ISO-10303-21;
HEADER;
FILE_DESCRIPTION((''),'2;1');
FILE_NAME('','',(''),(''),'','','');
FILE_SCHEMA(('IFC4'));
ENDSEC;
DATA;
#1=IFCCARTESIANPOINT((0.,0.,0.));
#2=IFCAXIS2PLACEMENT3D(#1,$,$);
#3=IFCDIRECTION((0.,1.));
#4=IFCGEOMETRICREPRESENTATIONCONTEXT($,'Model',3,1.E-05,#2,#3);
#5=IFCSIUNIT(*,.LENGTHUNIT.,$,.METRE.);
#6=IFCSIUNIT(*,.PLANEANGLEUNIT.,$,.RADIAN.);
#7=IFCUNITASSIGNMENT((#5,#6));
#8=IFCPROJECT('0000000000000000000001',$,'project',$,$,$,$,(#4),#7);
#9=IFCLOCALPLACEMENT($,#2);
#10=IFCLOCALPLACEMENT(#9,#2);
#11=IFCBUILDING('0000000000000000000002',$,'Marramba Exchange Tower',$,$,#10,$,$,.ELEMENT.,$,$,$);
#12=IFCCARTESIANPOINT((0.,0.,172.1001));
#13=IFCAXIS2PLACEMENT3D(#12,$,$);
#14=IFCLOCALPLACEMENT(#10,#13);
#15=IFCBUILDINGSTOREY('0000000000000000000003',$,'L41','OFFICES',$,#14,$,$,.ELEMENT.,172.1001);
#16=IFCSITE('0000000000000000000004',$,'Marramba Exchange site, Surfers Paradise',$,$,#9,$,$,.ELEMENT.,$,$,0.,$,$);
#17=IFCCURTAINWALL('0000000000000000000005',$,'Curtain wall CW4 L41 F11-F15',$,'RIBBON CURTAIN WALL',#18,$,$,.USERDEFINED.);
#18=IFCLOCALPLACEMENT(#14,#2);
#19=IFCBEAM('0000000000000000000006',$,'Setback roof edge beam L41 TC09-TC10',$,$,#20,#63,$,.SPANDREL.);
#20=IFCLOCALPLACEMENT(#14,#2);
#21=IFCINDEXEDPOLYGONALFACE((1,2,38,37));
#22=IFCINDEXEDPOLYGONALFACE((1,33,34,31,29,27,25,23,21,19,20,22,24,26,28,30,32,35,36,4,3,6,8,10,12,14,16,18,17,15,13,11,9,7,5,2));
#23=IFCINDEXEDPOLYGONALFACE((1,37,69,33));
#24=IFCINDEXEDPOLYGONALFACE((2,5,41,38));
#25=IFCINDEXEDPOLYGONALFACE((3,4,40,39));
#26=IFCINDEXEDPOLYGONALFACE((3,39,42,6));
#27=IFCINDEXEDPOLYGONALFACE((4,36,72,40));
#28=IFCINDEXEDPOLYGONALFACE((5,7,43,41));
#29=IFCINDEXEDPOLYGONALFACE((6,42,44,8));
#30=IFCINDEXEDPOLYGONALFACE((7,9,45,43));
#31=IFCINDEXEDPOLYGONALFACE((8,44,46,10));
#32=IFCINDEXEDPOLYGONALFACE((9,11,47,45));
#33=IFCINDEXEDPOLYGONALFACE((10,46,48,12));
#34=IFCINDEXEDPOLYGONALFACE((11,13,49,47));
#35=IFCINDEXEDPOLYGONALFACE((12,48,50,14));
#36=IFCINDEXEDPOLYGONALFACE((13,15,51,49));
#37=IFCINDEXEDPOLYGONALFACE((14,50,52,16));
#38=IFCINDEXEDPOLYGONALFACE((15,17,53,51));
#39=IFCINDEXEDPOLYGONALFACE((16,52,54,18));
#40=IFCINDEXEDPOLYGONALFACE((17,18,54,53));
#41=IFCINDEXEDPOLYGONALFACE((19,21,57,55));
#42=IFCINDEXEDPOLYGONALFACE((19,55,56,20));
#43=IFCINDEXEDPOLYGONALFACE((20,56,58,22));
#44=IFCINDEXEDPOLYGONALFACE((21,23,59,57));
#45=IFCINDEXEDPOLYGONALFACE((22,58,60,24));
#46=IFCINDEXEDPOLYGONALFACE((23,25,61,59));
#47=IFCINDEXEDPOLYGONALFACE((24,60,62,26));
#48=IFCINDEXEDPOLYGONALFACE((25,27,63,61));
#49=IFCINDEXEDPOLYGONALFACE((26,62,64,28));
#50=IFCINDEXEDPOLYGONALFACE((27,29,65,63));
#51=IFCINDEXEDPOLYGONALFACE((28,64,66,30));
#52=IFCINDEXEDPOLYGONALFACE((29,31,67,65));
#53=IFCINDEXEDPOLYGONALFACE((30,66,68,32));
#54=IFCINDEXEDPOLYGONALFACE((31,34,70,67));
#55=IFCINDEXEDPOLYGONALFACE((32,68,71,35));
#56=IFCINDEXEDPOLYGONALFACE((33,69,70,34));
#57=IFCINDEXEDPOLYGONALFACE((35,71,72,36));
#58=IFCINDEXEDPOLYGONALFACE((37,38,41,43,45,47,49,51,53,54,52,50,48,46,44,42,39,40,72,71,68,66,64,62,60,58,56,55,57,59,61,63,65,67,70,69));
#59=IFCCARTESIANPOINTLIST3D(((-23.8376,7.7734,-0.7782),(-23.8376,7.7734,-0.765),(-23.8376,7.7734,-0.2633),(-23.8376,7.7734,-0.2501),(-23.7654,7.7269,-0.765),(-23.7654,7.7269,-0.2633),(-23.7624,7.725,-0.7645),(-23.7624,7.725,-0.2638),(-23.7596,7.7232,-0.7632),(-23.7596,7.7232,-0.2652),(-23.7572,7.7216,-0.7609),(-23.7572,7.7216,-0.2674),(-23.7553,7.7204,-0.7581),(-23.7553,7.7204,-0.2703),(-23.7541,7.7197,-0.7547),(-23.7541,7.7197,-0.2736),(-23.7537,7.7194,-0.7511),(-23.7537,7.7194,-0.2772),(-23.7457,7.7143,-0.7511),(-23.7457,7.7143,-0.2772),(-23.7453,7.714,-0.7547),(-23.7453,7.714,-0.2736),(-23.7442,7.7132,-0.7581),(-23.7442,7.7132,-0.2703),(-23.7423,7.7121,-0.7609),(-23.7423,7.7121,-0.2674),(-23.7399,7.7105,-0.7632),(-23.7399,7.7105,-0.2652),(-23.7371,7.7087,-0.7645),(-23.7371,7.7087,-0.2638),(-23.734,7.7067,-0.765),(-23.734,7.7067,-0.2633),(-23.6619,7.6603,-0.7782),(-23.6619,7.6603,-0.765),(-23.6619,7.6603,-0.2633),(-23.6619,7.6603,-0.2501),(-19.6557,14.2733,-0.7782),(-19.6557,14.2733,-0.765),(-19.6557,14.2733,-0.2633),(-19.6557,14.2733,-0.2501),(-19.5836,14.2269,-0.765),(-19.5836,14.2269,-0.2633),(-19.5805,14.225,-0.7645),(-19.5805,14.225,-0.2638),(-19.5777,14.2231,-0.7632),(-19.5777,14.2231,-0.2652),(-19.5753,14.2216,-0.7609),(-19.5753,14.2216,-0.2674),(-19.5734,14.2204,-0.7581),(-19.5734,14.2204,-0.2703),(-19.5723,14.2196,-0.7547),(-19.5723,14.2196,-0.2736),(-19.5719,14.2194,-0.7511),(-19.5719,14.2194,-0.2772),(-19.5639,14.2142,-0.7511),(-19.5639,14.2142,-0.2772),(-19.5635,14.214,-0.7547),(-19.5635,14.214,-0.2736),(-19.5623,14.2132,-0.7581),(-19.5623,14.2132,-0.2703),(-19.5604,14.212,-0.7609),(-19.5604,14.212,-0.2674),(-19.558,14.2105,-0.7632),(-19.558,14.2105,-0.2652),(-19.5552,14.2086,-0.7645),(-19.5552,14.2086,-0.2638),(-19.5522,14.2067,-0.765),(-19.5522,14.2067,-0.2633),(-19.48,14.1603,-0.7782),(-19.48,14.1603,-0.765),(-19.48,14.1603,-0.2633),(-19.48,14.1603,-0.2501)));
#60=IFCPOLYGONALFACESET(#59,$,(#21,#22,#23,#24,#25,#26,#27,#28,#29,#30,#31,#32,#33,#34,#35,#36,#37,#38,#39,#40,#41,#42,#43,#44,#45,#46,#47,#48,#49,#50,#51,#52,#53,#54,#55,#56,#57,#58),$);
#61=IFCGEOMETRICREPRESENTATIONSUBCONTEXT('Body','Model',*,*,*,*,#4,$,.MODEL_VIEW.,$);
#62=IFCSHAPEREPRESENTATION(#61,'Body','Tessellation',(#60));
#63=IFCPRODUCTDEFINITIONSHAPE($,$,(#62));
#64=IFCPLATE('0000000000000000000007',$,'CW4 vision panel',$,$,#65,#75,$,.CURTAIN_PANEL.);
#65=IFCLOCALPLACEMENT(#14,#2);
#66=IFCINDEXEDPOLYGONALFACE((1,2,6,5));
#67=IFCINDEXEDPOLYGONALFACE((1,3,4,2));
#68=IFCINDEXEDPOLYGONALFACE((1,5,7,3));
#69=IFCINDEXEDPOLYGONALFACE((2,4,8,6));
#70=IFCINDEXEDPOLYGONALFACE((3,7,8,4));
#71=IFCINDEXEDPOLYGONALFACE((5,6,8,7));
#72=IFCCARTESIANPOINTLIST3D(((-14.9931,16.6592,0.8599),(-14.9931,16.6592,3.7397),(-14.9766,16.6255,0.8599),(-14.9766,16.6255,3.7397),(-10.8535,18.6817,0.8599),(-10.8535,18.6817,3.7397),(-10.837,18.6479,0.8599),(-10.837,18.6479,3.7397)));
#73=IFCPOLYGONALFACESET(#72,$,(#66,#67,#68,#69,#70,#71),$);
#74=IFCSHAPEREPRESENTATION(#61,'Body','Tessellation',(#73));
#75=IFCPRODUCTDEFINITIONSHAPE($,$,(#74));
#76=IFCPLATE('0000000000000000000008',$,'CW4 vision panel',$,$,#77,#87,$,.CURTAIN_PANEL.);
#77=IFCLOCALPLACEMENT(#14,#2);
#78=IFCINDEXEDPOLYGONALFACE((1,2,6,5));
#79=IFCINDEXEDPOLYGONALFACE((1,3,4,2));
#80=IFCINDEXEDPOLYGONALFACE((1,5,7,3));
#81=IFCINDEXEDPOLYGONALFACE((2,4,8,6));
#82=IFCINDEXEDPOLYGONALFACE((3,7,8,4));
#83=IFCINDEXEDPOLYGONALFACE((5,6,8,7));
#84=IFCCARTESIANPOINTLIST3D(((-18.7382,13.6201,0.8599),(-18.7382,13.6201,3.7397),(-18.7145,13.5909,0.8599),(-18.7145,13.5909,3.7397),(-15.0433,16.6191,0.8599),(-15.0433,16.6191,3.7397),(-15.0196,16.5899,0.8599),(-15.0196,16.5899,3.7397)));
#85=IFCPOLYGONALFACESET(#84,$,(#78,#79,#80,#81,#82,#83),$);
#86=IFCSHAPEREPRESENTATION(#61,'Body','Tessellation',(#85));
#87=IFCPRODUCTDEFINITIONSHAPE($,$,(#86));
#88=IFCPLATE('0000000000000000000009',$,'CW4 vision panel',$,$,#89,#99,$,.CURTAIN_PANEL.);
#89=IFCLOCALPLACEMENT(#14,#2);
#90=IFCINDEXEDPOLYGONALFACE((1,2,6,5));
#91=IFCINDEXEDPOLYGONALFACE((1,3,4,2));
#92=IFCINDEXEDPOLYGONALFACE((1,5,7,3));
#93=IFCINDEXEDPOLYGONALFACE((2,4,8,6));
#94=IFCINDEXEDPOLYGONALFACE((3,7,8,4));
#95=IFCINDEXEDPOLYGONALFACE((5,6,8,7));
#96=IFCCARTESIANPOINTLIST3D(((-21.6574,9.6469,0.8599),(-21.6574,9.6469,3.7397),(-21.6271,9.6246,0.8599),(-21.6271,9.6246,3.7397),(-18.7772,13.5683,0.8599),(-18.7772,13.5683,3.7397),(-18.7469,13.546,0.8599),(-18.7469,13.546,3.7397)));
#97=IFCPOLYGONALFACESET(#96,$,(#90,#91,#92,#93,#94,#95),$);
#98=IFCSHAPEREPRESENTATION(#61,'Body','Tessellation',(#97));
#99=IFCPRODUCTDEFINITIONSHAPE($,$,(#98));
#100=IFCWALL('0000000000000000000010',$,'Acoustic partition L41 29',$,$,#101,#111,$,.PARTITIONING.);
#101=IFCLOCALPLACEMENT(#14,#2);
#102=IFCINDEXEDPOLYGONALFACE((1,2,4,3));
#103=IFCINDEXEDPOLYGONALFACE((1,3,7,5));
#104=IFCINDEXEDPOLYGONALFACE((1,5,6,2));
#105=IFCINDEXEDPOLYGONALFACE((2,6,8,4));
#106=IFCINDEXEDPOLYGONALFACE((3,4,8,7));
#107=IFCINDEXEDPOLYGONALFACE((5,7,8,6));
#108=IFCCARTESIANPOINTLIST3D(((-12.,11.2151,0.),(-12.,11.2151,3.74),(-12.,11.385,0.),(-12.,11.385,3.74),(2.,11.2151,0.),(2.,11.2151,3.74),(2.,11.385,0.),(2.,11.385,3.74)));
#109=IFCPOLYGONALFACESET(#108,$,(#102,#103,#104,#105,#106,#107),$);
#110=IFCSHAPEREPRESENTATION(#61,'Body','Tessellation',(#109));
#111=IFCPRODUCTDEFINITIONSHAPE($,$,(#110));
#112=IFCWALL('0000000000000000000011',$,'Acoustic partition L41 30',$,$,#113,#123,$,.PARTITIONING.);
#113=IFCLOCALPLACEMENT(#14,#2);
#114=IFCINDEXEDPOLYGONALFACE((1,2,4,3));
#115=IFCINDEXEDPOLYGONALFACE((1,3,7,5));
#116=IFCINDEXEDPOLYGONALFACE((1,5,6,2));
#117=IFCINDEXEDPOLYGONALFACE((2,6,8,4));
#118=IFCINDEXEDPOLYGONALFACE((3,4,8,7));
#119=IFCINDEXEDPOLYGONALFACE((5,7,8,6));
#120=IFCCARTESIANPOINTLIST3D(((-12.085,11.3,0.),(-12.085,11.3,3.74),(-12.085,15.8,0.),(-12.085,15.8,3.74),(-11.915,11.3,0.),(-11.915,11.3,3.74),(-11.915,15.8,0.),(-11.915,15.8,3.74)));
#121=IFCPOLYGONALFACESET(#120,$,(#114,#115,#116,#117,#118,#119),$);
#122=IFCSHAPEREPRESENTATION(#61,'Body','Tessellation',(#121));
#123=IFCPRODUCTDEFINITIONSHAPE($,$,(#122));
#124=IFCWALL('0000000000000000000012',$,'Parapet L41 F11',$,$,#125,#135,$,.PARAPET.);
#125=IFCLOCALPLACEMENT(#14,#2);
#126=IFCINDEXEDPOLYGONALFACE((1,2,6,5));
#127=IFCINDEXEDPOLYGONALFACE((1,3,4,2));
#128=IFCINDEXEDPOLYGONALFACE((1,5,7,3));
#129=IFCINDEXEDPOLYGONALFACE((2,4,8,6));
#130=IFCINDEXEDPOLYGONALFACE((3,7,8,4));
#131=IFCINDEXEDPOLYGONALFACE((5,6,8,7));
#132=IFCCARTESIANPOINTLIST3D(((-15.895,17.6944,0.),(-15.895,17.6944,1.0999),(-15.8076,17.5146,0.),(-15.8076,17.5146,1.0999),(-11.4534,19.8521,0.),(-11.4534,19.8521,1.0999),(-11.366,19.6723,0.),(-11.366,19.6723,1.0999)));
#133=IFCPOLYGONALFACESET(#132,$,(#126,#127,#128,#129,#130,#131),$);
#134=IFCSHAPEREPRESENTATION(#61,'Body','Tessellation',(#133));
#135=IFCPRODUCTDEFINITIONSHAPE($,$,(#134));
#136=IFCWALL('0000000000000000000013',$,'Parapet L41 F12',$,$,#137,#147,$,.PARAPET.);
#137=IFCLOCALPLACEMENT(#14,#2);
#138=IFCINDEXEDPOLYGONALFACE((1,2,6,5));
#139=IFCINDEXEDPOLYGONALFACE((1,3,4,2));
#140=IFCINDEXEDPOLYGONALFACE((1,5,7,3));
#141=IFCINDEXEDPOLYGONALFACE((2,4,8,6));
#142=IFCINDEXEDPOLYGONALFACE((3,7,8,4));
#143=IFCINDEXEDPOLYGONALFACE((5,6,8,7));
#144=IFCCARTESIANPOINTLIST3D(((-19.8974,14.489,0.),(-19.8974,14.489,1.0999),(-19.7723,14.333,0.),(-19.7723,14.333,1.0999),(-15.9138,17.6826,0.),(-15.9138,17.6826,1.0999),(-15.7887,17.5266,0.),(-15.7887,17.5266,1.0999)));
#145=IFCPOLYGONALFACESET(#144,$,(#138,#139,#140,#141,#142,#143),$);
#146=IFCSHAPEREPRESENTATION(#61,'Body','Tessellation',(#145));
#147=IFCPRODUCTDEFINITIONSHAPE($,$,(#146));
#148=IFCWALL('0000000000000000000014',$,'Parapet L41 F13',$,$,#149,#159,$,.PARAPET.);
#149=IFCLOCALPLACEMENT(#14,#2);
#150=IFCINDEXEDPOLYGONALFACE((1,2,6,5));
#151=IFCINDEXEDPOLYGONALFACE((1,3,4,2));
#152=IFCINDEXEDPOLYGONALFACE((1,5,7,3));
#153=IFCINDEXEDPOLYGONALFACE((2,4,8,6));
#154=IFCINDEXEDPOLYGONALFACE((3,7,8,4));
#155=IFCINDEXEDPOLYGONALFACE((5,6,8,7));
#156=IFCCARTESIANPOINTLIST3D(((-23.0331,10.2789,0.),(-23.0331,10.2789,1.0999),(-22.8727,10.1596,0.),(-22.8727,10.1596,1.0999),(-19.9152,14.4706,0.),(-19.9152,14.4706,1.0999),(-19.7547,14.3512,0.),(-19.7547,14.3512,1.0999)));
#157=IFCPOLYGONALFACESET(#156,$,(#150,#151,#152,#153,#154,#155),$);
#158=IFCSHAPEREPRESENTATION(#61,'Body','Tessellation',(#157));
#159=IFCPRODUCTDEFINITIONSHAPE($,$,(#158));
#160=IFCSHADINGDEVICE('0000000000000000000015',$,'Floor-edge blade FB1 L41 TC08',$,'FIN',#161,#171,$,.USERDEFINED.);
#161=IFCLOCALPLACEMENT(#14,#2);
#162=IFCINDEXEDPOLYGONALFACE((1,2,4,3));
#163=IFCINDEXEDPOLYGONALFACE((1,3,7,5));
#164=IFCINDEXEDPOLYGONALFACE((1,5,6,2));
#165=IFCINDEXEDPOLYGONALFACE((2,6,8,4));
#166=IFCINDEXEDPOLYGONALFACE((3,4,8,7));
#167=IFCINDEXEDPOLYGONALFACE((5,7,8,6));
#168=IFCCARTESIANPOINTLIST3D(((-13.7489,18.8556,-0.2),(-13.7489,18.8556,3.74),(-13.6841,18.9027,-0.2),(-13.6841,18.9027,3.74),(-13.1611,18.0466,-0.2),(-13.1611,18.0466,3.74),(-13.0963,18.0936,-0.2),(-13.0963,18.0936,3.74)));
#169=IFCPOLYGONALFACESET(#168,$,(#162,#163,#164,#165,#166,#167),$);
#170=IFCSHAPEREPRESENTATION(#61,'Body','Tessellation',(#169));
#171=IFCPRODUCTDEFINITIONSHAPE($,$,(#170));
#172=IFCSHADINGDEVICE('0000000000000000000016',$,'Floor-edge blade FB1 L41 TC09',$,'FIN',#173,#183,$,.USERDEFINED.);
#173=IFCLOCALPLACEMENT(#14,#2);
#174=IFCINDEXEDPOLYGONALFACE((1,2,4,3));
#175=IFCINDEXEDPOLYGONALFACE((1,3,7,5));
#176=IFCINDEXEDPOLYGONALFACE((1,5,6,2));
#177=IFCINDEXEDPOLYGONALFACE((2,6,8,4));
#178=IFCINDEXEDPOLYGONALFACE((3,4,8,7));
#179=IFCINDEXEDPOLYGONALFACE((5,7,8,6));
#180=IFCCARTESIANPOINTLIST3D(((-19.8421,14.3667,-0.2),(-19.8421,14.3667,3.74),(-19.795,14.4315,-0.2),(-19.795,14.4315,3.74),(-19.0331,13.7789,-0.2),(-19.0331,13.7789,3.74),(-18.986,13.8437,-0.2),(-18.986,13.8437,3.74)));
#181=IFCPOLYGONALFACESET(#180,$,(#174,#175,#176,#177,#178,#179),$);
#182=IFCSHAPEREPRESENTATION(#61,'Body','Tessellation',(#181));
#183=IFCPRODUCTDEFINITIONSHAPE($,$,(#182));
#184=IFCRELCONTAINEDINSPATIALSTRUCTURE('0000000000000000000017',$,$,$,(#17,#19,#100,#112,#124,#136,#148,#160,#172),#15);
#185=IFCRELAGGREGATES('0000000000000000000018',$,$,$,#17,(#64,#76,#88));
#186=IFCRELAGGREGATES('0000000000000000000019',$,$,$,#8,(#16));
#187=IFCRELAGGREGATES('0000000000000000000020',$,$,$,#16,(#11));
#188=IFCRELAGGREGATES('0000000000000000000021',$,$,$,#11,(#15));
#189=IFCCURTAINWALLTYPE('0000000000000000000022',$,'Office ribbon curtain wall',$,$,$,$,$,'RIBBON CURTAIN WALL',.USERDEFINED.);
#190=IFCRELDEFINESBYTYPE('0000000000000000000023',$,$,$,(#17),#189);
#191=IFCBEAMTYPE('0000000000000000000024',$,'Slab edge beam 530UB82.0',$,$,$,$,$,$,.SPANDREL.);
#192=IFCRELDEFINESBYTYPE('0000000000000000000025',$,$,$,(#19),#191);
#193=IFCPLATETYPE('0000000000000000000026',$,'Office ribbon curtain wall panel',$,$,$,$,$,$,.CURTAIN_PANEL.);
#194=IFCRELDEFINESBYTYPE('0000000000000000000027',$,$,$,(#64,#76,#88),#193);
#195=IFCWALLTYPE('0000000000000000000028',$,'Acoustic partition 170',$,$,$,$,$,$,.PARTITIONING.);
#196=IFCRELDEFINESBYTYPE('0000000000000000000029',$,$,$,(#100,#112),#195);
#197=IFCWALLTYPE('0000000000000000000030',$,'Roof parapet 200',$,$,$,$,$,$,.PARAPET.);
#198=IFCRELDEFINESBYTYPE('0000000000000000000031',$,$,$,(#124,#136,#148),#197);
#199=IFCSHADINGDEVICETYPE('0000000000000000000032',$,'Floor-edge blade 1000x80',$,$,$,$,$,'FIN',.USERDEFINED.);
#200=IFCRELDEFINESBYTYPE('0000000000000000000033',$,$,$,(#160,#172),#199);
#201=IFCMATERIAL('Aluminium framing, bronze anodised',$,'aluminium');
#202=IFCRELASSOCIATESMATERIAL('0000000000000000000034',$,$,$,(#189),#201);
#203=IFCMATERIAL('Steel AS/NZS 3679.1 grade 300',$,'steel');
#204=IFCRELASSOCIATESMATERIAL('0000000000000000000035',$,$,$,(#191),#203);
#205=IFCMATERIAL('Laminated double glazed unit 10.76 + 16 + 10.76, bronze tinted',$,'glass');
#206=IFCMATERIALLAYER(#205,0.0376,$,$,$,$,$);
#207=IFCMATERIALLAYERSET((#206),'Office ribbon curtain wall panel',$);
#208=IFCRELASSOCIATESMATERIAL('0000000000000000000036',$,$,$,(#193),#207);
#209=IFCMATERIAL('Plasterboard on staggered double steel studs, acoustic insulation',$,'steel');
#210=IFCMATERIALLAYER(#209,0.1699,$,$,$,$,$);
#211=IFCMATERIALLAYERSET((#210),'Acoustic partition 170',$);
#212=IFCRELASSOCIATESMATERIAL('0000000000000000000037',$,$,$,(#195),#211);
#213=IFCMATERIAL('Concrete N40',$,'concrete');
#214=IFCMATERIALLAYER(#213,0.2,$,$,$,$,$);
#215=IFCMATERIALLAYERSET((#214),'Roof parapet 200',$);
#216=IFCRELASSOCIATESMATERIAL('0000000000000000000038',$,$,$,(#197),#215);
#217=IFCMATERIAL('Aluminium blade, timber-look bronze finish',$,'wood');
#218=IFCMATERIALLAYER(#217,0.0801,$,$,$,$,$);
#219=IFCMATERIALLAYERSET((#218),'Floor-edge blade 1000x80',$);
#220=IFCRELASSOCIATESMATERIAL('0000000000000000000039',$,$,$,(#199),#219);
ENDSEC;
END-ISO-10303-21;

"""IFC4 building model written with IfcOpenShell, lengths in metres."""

from ifc_helpers import new_model, si_unit, direction, frame, frame_2d, origin, origin_2d, place, context, subcontext, project, spatial, rectangle, i_section, extrude, material, layer, layer_set, material_profile, profile_set, type_object, element, aggregate, save


model = new_model("IFC4")

# Units and contexts
model_context = context("Model", 3, precision=1e-05, world=origin(), true_north=direction((0.0, 1.0)))
body_context = subcontext(model_context, "Body", "Model", "MODEL_VIEW")
ifc_project = project(units=[si_unit("LENGTHUNIT", "METRE"), si_unit("PLANEANGLEUNIT", "RADIAN")], contexts=[model_context])

# Site, building, storey
site_placement = place(None, origin())
site = spatial("IfcSite", under=ifc_project, at=site_placement, Name="Marramba Exchange site, Surfers Paradise", CompositionType="ELEMENT", RefElevation=0.0)
building_placement = place(site_placement, origin())
building = spatial("IfcBuilding", under=site, at=building_placement, Name="Marramba Exchange Tower", CompositionType="ELEMENT")
storey_placement = place(building_placement, frame((0.0, 0.0, 172.1001)))
storey = spatial("IfcBuildingStorey", under=building, at=storey_placement, Name="L41", Description="OFFICES", CompositionType="ELEMENT", Elevation=172.1001)

# Shared definitions
ifc_material_1 = material(Name="Steel AS/NZS 3679.1 grade 300", Category="steel")

# Curtain wall
ifc_material_2 = material(Name="Aluminium framing, bronze anodised", Category="aluminium")
curtain_wall_type = type_object("IfcCurtainWallType", Name="Office ribbon curtain wall", ElementType="RIBBON CURTAIN WALL", PredefinedType="USERDEFINED", material=ifc_material_2)
curtain_wall_placement = place(storey_placement, origin())
curtain_wall = element("IfcCurtainWall", 1, at=curtain_wall_placement, inside=storey, type_object=curtain_wall_type, Name="Curtain wall CW4 L41 F11-F15", ObjectType="RIBBON CURTAIN WALL", PredefinedType="USERDEFINED")

# Beam
ifc_material_profile_1 = material_profile(ifc_material_1, i_section(OverallWidth=0.209, OverallDepth=0.5281, WebThickness=0.0095, FlangeThickness=0.0132, FilletRadius=0.0139, at=origin_2d()), Name="530UB82.0")
ifc_profile_set_1 = profile_set([ifc_material_profile_1], Name="Steel AS/NZS 3679.1 grade 300")
beam_type_1 = type_object("IfcBeamType", Name="Slab edge beam 530UB82.0", PredefinedType="SPANDREL", material=ifc_profile_set_1)
beam_1_placement = place(storey_placement, frame((-19.5679, 14.2168, -0.5142), z_axis=(-0.541061, -0.840983, 0.0), x_axis=(0.840983, -0.541061, 0.0)))
element("IfcBeam", 2, at=beam_1_placement, inside=storey, type_object=beam_type_1, Name="Setback roof edge beam L41 TC09-TC10", PredefinedType="SPANDREL", context=body_context, shape_type="SweptSolid", body=[
    extrude(i_section(OverallWidth=0.209, OverallDepth=0.5281, WebThickness=0.0095, FlangeThickness=0.0132, FilletRadius=0.0139, at=origin_2d()), origin(), (0.0, 0.0, 1.0), 7.729),
])

# Plates
ifc_material_3 = material(Name="Laminated double glazed unit 10.76 + 16 + 10.76, bronze tinted", Category="glass")
ifc_layer_1 = layer(ifc_material_3, 0.0376)
ifc_layer_set_1 = layer_set([ifc_layer_1], Name="Office ribbon curtain wall panel")
plate_type = type_object("IfcPlateType", Name="Office ribbon curtain wall panel", PredefinedType="CURTAIN_PANEL", material=ifc_layer_set_1)
plate_1_placement = place(storey_placement, frame((-12.915, 17.6536, 0.8599), z_axis=(0.0, 0.0, 1.0), x_axis=(-0.898501, -0.438972, 0.0)))
plate_1 = element("IfcPlate", 3, at=plate_1_placement, type_object=plate_type, Name="CW4 vision panel", PredefinedType="CURTAIN_PANEL", context=body_context, shape_type="SweptSolid", body=[
    extrude(rectangle(XDim=4.6072, YDim=0.0376, at=origin_2d()), origin(), (0.0, 0.0, 1.0), 2.8799),
])
plate_2_placement = place(storey_placement, frame((-16.8789, 15.105, 0.8599), z_axis=(0.0, 0.0, 1.0), x_axis=(-0.776432, -0.630201, 0.0)))
plate_2 = element("IfcPlate", 4, at=plate_2_placement, type_object=plate_type, Name="CW4 vision panel", PredefinedType="CURTAIN_PANEL", context=body_context, shape_type="SweptSolid", body=[
    extrude(rectangle(XDim=4.7588, YDim=0.0376, at=origin_2d()), origin(), (0.0, 0.0, 1.0), 2.8799),
])
plate_3_placement = place(storey_placement, frame((-20.2021, 11.5964, 0.8599), z_axis=(0.0, 0.0, 1.0), x_axis=(-0.591963, -0.805965, 0.0)))
plate_3 = element("IfcPlate", 5, at=plate_3_placement, type_object=plate_type, Name="CW4 vision panel", PredefinedType="CURTAIN_PANEL", context=body_context, shape_type="SweptSolid", body=[
    extrude(rectangle(XDim=4.8655, YDim=0.0376, at=origin_2d()), origin(), (0.0, 0.0, 1.0), 2.8799),
])
aggregate(curtain_wall, [plate_1, plate_2, plate_3])

# Walls
ifc_material_4 = material(Name="Plasterboard on staggered double steel studs, acoustic insulation", Category="steel")
ifc_layer_2 = layer(ifc_material_4, 0.1699)
ifc_layer_set_2 = layer_set([ifc_layer_2], Name="Acoustic partition 170")
wall_type_1 = type_object("IfcWallType", Name="Acoustic partition 170", PredefinedType="PARTITIONING", material=ifc_layer_set_2)
wall_1_placement = place(storey_placement, frame((-12.0, 11.3, 0.0), z_axis=(0.0, 0.0, 1.0), x_axis=(1.0, 0.0, 0.0)))
element("IfcWall", 6, at=wall_1_placement, inside=storey, type_object=wall_type_1, Name="Acoustic partition L41 29", PredefinedType="PARTITIONING", context=body_context, shape_type="SweptSolid", body=[
    extrude(rectangle(XDim=14.0, YDim=0.1699, at=frame_2d((7.0, 0.0))), origin(), (0.0, 0.0, 1.0), 3.74),
])
wall_2_placement = place(storey_placement, frame((-12.0, 15.8, 0.0), z_axis=(0.0, 0.0, 1.0), x_axis=(0.0, -1.0, 0.0)))
element("IfcWall", 7, at=wall_2_placement, inside=storey, type_object=wall_type_1, Name="Acoustic partition L41 30", PredefinedType="PARTITIONING", context=body_context, shape_type="SweptSolid", body=[
    extrude(rectangle(XDim=4.5, YDim=0.1699, at=frame_2d((2.25, 0.0))), origin(), (0.0, 0.0, 1.0), 3.74),
])
ifc_material_5 = material(Name="Concrete N40", Category="concrete")
ifc_layer_3 = layer(ifc_material_5, 0.2)
ifc_layer_set_3 = layer_set([ifc_layer_3], Name="Roof parapet 200")
wall_type_2 = type_object("IfcWallType", Name="Roof parapet 200", PredefinedType="PARAPET", material=ifc_layer_set_3)
wall_3_placement = place(storey_placement, frame((-11.4097, 19.7622, 0.0), z_axis=(0.0, 0.0, 1.0), x_axis=(-0.899481, -0.43696, 0.0)))
element("IfcWall", 8, at=wall_3_placement, inside=storey, type_object=wall_type_2, Name="Parapet L41 F11", PredefinedType="PARAPET", context=body_context, shape_type="SweptSolid", body=[
    extrude(rectangle(XDim=4.938, YDim=0.2, at=frame_2d((2.469, 0.0))), origin(), (0.0, 0.0, 1.0), 1.0999),
])
wall_4_placement = place(storey_placement, frame((-15.8513, 17.6045, 0.0), z_axis=(0.0, 0.0, 1.0), x_axis=(-0.780229, -0.625494, 0.0)))
element("IfcWall", 9, at=wall_4_placement, inside=storey, type_object=wall_type_2, Name="Parapet L41 F12", PredefinedType="PARAPET", context=body_context, shape_type="SweptSolid", body=[
    extrude(rectangle(XDim=5.1057, YDim=0.2, at=frame_2d((2.5527, 0.0))), origin(), (0.0, 0.0, 1.0), 1.0999),
])
wall_5_placement = place(storey_placement, frame((-19.835, 14.4109, 0.0), z_axis=(0.0, 0.0, 1.0), x_axis=(-0.596832, -0.802366, 0.0)))
element("IfcWall", 10, at=wall_5_placement, inside=storey, type_object=wall_type_2, Name="Parapet L41 F13", PredefinedType="PARAPET", context=body_context, shape_type="SweptSolid", body=[
    extrude(rectangle(XDim=5.2241, YDim=0.2, at=frame_2d((2.6121, 0.0))), origin(), (0.0, 0.0, 1.0), 1.0999),
])

# Shading devices
ifc_material_6 = material(Name="Aluminium blade, timber-look bronze finish", Category="wood")
ifc_layer_4 = layer(ifc_material_6, 0.0801)
ifc_layer_set_4 = layer_set([ifc_layer_4], Name="Floor-edge blade 1000x80")
shading_device_type_1 = type_object("IfcShadingDeviceType", Name="Floor-edge blade 1000x80", ElementType="FIN", PredefinedType="USERDEFINED", material=ifc_layer_set_4)
for number, where, z_axis, x_axis, name in (
    (11, (-13.4226, 18.4746, -0.2), (0.0, 0.0, 1.0), (-0.587785, 0.809017, 0.0), "Floor-edge blade FB1 L41 TC08"),
    (12, (-19.4141, 14.1052, -0.2), (0.0, 0.0, 1.0), (-0.809017, 0.587785, 0.0), "Floor-edge blade FB1 L41 TC09"),
):
    element("IfcShadingDevice", number, at=place(storey_placement, frame(where, z_axis=z_axis, x_axis=x_axis)), inside=storey, type_object=shading_device_type_1, Name=name, ObjectType="FIN", PredefinedType="USERDEFINED", context=body_context, shape_type="SweptSolid", body=[
        extrude(rectangle(XDim=1.0, YDim=0.0801, at=origin_2d()), origin(), (0.0, 0.0, 1.0), 3.9399),
    ])

save(model, "model.ifc")
